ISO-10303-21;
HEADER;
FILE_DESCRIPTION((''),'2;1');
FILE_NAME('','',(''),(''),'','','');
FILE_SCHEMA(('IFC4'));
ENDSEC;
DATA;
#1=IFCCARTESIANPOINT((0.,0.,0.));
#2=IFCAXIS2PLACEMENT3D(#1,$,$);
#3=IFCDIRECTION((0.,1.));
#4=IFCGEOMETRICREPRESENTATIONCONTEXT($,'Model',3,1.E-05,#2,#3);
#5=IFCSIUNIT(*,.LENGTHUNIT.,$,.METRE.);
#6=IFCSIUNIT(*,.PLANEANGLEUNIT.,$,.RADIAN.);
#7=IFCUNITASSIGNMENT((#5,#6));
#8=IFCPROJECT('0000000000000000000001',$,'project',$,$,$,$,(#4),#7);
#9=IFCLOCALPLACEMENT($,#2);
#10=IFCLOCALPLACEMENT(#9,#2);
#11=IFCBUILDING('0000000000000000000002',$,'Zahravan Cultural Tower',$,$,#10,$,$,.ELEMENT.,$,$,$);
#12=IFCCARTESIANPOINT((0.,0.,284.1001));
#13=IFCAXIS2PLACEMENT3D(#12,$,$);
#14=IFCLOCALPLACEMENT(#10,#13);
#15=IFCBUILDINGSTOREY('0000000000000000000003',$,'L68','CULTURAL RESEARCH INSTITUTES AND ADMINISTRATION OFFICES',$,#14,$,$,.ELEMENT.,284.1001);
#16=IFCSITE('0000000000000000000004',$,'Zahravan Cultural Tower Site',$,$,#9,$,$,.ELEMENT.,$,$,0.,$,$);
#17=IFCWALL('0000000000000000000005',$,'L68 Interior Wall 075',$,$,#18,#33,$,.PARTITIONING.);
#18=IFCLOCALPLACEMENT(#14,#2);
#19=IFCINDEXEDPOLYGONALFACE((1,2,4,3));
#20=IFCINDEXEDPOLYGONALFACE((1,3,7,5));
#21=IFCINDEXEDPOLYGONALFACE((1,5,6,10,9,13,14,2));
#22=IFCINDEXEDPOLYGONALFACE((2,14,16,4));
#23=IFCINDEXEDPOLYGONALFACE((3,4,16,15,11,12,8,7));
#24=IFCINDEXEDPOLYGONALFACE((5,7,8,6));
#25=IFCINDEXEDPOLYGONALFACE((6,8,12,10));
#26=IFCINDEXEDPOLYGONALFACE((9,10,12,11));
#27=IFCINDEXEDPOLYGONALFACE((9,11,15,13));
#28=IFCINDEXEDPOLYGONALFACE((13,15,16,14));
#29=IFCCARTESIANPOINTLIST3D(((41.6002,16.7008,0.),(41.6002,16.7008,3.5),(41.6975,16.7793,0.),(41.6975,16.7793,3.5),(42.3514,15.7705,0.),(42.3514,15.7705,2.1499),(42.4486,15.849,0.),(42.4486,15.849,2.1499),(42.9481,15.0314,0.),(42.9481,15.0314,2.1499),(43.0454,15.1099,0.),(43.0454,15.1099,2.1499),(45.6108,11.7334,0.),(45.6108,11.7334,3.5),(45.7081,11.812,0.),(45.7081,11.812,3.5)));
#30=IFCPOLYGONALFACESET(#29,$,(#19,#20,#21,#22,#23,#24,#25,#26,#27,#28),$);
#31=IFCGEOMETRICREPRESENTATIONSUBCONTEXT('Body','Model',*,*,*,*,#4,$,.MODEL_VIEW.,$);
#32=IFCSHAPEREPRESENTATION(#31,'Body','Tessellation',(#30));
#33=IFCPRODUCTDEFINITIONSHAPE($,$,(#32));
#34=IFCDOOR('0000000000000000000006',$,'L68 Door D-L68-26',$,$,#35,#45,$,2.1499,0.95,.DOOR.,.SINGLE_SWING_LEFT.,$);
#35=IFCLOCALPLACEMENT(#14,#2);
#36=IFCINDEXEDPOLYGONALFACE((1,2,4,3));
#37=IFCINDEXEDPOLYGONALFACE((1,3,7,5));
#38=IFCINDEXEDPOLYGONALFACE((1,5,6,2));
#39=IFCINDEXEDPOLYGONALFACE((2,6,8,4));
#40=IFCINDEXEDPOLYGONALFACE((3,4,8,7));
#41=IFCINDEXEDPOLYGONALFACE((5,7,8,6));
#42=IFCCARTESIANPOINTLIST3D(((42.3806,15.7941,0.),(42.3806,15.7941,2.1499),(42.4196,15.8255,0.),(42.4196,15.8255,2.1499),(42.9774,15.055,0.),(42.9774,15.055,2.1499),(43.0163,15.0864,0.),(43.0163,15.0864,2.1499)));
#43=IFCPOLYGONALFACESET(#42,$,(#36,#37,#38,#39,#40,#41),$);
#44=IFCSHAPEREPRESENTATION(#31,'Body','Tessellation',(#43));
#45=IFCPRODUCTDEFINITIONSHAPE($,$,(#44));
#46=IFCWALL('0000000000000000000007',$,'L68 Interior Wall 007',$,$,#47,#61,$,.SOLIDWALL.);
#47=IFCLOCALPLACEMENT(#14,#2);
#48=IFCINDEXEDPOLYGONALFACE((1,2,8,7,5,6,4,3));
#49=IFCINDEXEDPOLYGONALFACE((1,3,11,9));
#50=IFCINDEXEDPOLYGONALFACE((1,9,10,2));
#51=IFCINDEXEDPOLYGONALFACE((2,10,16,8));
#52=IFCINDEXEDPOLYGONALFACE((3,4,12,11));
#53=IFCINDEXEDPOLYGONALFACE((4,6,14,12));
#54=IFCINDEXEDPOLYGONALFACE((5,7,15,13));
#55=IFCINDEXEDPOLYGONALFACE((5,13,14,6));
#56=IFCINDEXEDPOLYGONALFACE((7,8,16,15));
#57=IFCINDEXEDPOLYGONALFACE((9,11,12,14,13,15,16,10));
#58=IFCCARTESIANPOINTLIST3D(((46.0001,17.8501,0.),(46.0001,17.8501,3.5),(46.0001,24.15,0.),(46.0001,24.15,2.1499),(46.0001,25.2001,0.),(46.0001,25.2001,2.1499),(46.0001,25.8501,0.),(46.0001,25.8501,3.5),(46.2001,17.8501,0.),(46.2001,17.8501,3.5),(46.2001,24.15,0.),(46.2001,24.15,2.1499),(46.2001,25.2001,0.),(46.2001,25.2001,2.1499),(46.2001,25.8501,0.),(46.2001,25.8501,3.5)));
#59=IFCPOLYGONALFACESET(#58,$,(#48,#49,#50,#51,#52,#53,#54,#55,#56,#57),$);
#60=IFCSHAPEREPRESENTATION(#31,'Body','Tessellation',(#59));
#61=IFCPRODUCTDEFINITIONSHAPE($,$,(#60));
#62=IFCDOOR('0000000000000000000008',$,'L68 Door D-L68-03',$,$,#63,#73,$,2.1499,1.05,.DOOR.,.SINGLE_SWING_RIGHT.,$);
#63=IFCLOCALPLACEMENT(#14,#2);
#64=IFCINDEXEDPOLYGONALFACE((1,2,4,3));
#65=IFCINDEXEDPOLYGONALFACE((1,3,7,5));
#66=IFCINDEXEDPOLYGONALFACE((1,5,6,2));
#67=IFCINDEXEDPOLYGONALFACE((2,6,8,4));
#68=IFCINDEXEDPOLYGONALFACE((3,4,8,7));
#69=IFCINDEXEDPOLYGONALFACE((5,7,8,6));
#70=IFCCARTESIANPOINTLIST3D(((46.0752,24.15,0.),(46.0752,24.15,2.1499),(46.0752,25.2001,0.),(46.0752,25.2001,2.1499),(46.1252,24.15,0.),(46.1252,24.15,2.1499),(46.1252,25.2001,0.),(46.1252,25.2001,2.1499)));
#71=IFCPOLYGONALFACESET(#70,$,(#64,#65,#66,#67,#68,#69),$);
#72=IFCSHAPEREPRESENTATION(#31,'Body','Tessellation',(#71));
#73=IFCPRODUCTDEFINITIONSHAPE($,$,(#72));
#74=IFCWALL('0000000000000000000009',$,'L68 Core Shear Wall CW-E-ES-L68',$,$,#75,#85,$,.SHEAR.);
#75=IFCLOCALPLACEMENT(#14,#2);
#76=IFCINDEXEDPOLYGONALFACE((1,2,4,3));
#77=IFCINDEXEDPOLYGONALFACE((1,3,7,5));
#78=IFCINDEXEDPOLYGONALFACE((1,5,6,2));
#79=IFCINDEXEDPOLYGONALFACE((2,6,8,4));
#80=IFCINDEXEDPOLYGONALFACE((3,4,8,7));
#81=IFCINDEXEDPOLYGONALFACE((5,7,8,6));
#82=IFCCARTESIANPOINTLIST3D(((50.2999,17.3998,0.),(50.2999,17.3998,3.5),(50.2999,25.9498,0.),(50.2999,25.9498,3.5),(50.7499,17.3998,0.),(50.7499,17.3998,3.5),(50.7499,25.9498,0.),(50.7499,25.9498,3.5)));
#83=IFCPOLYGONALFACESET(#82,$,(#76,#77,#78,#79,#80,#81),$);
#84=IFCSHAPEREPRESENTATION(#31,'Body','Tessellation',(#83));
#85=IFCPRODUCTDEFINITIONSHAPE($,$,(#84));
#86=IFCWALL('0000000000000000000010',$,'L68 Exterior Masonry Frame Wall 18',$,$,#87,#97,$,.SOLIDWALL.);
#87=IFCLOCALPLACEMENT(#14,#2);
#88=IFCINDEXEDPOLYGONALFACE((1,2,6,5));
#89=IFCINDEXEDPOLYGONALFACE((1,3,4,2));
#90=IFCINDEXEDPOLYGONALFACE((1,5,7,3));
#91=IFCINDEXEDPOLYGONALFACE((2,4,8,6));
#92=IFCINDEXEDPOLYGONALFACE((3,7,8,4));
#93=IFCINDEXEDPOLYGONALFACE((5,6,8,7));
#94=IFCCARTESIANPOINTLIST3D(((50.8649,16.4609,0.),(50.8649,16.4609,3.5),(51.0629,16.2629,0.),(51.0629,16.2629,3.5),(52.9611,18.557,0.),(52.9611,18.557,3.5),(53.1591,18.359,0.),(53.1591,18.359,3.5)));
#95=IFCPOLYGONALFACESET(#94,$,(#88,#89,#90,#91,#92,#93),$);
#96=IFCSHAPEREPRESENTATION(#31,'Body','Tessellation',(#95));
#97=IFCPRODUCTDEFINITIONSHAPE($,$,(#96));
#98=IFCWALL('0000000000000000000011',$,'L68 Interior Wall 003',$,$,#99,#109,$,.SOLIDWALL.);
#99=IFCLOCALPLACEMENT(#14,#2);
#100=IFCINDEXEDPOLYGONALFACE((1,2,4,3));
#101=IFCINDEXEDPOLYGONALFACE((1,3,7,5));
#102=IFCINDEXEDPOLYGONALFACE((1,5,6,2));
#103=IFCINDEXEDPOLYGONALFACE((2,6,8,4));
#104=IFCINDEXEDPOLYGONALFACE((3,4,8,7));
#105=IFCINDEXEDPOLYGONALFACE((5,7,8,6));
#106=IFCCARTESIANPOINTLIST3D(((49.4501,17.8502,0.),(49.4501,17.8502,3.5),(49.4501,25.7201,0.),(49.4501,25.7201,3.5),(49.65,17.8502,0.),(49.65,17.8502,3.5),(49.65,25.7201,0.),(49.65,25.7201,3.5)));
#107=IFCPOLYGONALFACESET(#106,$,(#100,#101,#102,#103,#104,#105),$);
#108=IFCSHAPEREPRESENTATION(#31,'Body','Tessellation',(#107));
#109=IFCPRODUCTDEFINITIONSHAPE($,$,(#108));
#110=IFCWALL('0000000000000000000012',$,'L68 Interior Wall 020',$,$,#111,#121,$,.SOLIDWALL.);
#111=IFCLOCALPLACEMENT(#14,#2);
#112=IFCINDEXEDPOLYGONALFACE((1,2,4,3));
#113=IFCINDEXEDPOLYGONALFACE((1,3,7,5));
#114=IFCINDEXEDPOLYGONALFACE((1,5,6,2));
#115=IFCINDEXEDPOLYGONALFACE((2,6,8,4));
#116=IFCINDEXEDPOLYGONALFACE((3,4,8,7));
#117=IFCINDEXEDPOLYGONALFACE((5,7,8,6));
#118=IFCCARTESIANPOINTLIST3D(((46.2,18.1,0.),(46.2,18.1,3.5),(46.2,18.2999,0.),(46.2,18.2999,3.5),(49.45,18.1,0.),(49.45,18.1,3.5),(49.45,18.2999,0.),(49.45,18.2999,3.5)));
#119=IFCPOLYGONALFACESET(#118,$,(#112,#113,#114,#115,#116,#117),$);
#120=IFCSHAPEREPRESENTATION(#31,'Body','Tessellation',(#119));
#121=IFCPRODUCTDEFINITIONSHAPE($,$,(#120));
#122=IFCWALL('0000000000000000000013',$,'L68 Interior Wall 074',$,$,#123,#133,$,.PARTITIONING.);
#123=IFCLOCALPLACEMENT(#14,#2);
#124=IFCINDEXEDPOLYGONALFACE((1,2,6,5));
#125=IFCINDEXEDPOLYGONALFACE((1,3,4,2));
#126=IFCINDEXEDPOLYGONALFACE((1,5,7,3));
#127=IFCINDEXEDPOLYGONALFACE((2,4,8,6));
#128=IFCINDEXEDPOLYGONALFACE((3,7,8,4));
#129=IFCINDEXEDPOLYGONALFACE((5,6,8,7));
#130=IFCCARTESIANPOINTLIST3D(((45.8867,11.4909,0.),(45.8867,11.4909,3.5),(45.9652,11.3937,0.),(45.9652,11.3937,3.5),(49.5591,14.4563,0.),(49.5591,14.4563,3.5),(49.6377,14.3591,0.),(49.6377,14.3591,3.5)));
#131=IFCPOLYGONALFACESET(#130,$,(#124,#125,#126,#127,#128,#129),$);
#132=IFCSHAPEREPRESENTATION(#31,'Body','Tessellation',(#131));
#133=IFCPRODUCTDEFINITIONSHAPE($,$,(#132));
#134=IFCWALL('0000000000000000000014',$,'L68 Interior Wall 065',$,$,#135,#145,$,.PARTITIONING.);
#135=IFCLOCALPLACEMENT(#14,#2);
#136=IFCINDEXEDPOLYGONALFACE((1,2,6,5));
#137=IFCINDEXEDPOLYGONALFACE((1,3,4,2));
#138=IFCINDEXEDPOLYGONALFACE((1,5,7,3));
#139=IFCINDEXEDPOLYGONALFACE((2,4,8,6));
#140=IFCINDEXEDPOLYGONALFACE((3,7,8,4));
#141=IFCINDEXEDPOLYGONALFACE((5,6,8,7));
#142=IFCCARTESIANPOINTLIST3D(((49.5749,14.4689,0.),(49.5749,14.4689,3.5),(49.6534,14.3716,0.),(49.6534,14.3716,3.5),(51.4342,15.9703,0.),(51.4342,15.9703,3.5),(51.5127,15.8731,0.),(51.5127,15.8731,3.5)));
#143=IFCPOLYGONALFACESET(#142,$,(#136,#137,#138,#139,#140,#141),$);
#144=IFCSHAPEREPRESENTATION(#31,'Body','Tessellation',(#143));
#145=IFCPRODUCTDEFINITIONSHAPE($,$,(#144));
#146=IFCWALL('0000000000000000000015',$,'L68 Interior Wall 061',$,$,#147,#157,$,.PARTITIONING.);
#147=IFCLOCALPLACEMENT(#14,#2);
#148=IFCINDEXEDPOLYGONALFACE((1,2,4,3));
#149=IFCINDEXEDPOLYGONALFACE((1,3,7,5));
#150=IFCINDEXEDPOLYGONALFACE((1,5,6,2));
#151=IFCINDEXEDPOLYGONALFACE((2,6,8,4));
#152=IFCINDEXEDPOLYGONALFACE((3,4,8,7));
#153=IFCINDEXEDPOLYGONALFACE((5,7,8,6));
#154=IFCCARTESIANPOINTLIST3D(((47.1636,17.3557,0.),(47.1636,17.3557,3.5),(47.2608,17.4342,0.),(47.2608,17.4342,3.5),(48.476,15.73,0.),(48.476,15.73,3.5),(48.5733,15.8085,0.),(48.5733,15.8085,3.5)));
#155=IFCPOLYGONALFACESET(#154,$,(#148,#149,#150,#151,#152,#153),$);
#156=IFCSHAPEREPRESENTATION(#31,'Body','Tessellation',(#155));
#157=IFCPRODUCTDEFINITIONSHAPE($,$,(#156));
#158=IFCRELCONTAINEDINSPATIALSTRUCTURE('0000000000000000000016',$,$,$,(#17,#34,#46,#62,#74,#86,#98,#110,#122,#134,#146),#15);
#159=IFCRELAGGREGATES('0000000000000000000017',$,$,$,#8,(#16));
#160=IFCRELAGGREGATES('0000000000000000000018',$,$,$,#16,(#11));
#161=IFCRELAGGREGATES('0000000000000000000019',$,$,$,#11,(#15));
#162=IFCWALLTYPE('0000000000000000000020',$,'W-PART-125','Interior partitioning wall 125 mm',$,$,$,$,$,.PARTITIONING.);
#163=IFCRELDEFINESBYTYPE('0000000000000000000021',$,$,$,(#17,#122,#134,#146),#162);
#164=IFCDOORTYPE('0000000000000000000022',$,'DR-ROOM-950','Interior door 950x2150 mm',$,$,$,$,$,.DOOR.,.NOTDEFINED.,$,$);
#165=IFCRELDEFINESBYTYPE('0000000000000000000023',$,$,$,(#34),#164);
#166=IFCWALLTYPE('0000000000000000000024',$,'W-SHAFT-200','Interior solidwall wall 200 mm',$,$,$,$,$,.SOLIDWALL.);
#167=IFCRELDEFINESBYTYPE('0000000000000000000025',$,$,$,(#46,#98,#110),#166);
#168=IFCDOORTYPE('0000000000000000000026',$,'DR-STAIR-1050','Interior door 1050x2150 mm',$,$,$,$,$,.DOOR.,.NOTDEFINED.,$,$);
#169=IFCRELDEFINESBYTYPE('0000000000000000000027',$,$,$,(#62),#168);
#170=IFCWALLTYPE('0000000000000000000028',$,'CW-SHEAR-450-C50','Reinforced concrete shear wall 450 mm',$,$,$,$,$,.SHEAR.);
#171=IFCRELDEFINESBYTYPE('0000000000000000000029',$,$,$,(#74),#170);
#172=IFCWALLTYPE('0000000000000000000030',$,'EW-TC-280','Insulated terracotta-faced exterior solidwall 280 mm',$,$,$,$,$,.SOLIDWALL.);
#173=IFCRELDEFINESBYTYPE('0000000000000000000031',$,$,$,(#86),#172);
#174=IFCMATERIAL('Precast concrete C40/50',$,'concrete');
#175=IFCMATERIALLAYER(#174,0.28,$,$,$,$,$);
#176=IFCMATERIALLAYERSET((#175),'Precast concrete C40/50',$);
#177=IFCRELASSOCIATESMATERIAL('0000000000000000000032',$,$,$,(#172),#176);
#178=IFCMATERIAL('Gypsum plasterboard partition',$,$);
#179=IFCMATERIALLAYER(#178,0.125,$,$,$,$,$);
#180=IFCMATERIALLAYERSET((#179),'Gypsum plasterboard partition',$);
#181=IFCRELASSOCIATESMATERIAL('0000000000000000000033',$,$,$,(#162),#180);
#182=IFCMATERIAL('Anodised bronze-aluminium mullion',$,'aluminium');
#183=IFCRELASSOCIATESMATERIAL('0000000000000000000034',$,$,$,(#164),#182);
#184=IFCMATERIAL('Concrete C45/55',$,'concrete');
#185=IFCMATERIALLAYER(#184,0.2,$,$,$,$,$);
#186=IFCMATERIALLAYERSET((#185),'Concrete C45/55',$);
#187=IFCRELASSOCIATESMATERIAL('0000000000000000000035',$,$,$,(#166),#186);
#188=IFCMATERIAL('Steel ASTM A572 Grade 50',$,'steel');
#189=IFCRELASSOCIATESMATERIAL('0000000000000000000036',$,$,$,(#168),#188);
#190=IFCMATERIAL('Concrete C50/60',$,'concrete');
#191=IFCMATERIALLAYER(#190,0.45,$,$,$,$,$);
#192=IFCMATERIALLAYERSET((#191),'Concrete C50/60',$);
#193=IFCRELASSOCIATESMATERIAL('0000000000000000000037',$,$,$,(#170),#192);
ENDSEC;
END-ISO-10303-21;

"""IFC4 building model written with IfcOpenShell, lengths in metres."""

from ifc_helpers import new_model, si_unit, direction, frame, frame_2d, origin, place, context, subcontext, project, spatial, rectangle, extrude, source, transform, mapped, material, layer, layer_set, type_object, element, fill, save


model = new_model("IFC4")

# Units and contexts
model_context = context("Model", 3, precision=1e-05, world=origin(), true_north=direction((0.0, 1.0)))
body_context = subcontext(model_context, "Body", "Model", "MODEL_VIEW")
ifc_project = project(units=[si_unit("LENGTHUNIT", "METRE"), si_unit("PLANEANGLEUNIT", "RADIAN")], contexts=[model_context])

# Site, building, storey
site_placement = place(None, origin())
site = spatial("IfcSite", under=ifc_project, at=site_placement, Name="Zahravan Cultural Tower Site", CompositionType="ELEMENT", RefElevation=0.0)
building_placement = place(site_placement, origin())
building = spatial("IfcBuilding", under=site, at=building_placement, Name="Zahravan Cultural Tower", CompositionType="ELEMENT")
storey_placement = place(building_placement, frame((0.0, 0.0, 284.1001)))
storey = spatial("IfcBuildingStorey", under=building, at=storey_placement, Name="L68", Description="CULTURAL RESEARCH INSTITUTES AND ADMINISTRATION OFFICES", CompositionType="ELEMENT", Elevation=284.1001)

# Shared definitions
ifc_material_1 = material(Name="Concrete C50/60", Category="concrete")

# Shared definitions
ifc_material_2 = material(Name="Precast concrete C40/50", Category="concrete")
ifc_layer_1 = layer(ifc_material_2, 0.28)
ifc_layer_set_1 = layer_set([ifc_layer_1], Name="Precast concrete C40/50")
wall_type_1 = type_object("IfcWallType", Name="EW-TC-280", Description="Insulated terracotta-faced exterior solidwall 280 mm", PredefinedType="SOLIDWALL", material=ifc_layer_set_1)

# Walls, openings, doors
ifc_material_3 = material(Name="Gypsum plasterboard partition")
ifc_layer_2 = layer(ifc_material_3, 0.125)
ifc_layer_set_2 = layer_set([ifc_layer_2], Name="Gypsum plasterboard partition")
wall_type_2 = type_object("IfcWallType", Name="W-PART-125", Description="Interior partitioning wall 125 mm", PredefinedType="PARTITIONING", material=ifc_layer_set_2)
wall_1_placement = place(storey_placement, frame((45.6594, 11.7727, 0.0), z_axis=(0.0, 0.0, 1.0), x_axis=(-0.628191, 0.778059, 0.0)))
wall_1 = element("IfcWall", 1, at=wall_1_placement, inside=storey, type_object=wall_type_2, Name="L68 Interior Wall 075", PredefinedType="PARTITIONING", context=body_context, shape_type="SweptSolid", body=[
    extrude(rectangle(XDim=6.3843, YDim=0.125, at=frame_2d((3.1921, 0.0))), origin(), (0.0, 0.0, 1.0), 3.5),
])
opening_1_placement = place(wall_1_placement, frame((4.2385, 0.0, 0.0)))
opening_1 = element("IfcOpeningElement", 2, at=opening_1_placement, cuts=wall_1, PredefinedType="OPENING", context=body_context, shape_type="SweptSolid", body=[
    extrude(rectangle(XDim=0.95, YDim=2.1499, at=frame_2d((0.4751, 1.075))), frame((0.0, 0.0725, 0.0), z_axis=(0.0, -1.0, 0.0), x_axis=(1.0, 0.0, 0.0)), (0.0, 0.0, 1.0), 0.145),
])
ifc_material_4 = material(Name="Anodised bronze-aluminium mullion", Category="aluminium")
door_type_1 = type_object("IfcDoorType", Name="DR-ROOM-950", Description="Interior door 950x2150 mm", OperationType="NOTDEFINED", PredefinedType="DOOR", material=ifc_material_4)
shared_shape_1 = source(origin(), body_context, "Body", "SweptSolid", [
    extrude(rectangle(XDim=0.95, YDim=2.1499, at=frame_2d((0.4751, 1.075))), frame((0.0, 0.0249, 0.0), z_axis=(0.0, -1.0, 0.0), x_axis=(1.0, 0.0, 0.0)), (0.0, 0.0, 1.0), 0.05),
])
door_1_placement = place(opening_1_placement, origin())
door_1 = element("IfcDoor", 3, at=door_1_placement, inside=storey, type_object=door_type_1, Name="L68 Door D-L68-26", OperationType="SINGLE_SWING_LEFT", OverallHeight=2.1499, OverallWidth=0.95, PredefinedType="DOOR", context=body_context, shape_type="MappedRepresentation", body=[
    mapped(shared_shape_1, transform((0.0, 0.0, 0.0), x_axis=(1.0, 0.0, 0.0), y_axis=(0.0, 1.0, 0.0), z_axis=(0.0, 0.0, 1.0), scale=1.0)),
])
fill(opening_1, door_1)
ifc_material_5 = material(Name="Concrete C45/55", Category="concrete")
ifc_layer_3 = layer(ifc_material_5, 0.2)
ifc_layer_set_3 = layer_set([ifc_layer_3], Name="Concrete C45/55")
wall_type_3 = type_object("IfcWallType", Name="W-SHAFT-200", Description="Interior solidwall wall 200 mm", PredefinedType="SOLIDWALL", material=ifc_layer_set_3)
wall_2_placement = place(storey_placement, frame((46.1001, 17.8501, 0.0), z_axis=(0.0, 0.0, 1.0), x_axis=(0.0, 1.0, 0.0)))
wall_2 = element("IfcWall", 4, at=wall_2_placement, inside=storey, type_object=wall_type_3, Name="L68 Interior Wall 007", PredefinedType="SOLIDWALL", context=body_context, shape_type="SweptSolid", body=[
    extrude(rectangle(XDim=8.0, YDim=0.2, at=frame_2d((4.0, 0.0))), origin(), (0.0, 0.0, 1.0), 3.5),
])
opening_2_placement = place(wall_2_placement, frame((6.3, 0.0, 0.0)))
opening_2 = element("IfcOpeningElement", 5, at=opening_2_placement, cuts=wall_2, PredefinedType="OPENING", context=body_context, shape_type="SweptSolid", body=[
    extrude(rectangle(XDim=1.05, YDim=2.1499, at=frame_2d((0.5249, 1.075))), frame((0.0, 0.1099, 0.0), z_axis=(0.0, -1.0, 0.0), x_axis=(1.0, 0.0, 0.0)), (0.0, 0.0, 1.0), 0.22),
])
ifc_material_6 = material(Name="Steel ASTM A572 Grade 50", Category="steel")
door_type_2 = type_object("IfcDoorType", Name="DR-STAIR-1050", Description="Interior door 1050x2150 mm", OperationType="NOTDEFINED", PredefinedType="DOOR", material=ifc_material_6)
shared_shape_2 = source(origin(), body_context, "Body", "SweptSolid", [
    extrude(rectangle(XDim=1.05, YDim=2.1499, at=frame_2d((0.5249, 1.075))), frame((0.0, 0.0249, 0.0), z_axis=(0.0, -1.0, 0.0), x_axis=(1.0, 0.0, 0.0)), (0.0, 0.0, 1.0), 0.05),
])
door_2_placement = place(opening_2_placement, origin())
door_2 = element("IfcDoor", 6, at=door_2_placement, inside=storey, type_object=door_type_2, Name="L68 Door D-L68-03", OperationType="SINGLE_SWING_RIGHT", OverallHeight=2.1499, OverallWidth=1.05, PredefinedType="DOOR", context=body_context, shape_type="MappedRepresentation", body=[
    mapped(shared_shape_2, transform((0.0, 0.0, 0.0), x_axis=(1.0, 0.0, 0.0), y_axis=(0.0, 1.0, 0.0), z_axis=(0.0, 0.0, 1.0), scale=1.0)),
])
fill(opening_2, door_2)

# Walls
ifc_layer_4 = layer(ifc_material_1, 0.45)
ifc_layer_set_4 = layer_set([ifc_layer_4], Name="Concrete C50/60")
wall_type_4 = type_object("IfcWallType", Name="CW-SHEAR-450-C50", Description="Reinforced concrete shear wall 450 mm", PredefinedType="SHEAR", material=ifc_layer_set_4)
shared_shape_3 = source(origin(), body_context, "Body", "SweptSolid", [
    extrude(rectangle(XDim=8.55, YDim=0.45, at=frame_2d((4.2749, 0.0))), origin(), (0.0, 0.0, 1.0), 3.5),
])
wall_3_placement = place(storey_placement, frame((50.5249, 17.3999, 0.0), z_axis=(0.0, 0.0, 1.0), x_axis=(0.0, 1.0, 0.0)))
element("IfcWall", 7, at=wall_3_placement, inside=storey, type_object=wall_type_4, Name="L68 Core Shear Wall CW-E-ES-L68", PredefinedType="SHEAR", context=body_context, shape_type="MappedRepresentation", body=[
    mapped(shared_shape_3, transform((0.0, 0.0, 0.0), x_axis=(1.0, 0.0, 0.0), y_axis=(0.0, 1.0, 0.0), z_axis=(0.0, 0.0, 1.0), scale=1.0)),
])
shared_shape_4 = source(origin(), body_context, "Body", "SweptSolid", [
    extrude(rectangle(XDim=2.9644, YDim=0.28, at=frame_2d((1.4822, 0.0))), origin(), (0.0, 0.0, 1.0), 3.5),
])
wall_4_placement = place(storey_placement, frame((53.0601, 18.458, 0.0), z_axis=(0.0, 0.0, 1.0), x_axis=(-0.707107, -0.707107, 0.0)))
element("IfcWall", 8, at=wall_4_placement, inside=storey, type_object=wall_type_1, Name="L68 Exterior Masonry Frame Wall 18", PredefinedType="SOLIDWALL", context=body_context, shape_type="MappedRepresentation", body=[
    mapped(shared_shape_4, transform((0.0, 0.0, 0.0), x_axis=(1.0, 0.0, 0.0), y_axis=(0.0, 1.0, 0.0), z_axis=(0.0, 0.0, 1.0), scale=1.0)),
])
shared_shape_5 = source(origin(), body_context, "Body", "SweptSolid", [
    extrude(rectangle(XDim=7.8699, YDim=0.2, at=frame_2d((3.9351, 0.0))), origin(), (0.0, 0.0, 1.0), 3.5),
])
wall_5_placement = place(storey_placement, frame((49.55, 17.8501, 0.0), z_axis=(0.0, 0.0, 1.0), x_axis=(0.0, 1.0, 0.0)))
element("IfcWall", 9, at=wall_5_placement, inside=storey, type_object=wall_type_3, Name="L68 Interior Wall 003", PredefinedType="SOLIDWALL", context=body_context, shape_type="MappedRepresentation", body=[
    mapped(shared_shape_5, transform((0.0, 0.0, 0.0), x_axis=(1.0, 0.0, 0.0), y_axis=(0.0, 1.0, 0.0), z_axis=(0.0, 0.0, 1.0), scale=1.0)),
])
shared_shape_6 = source(origin(), body_context, "Body", "SweptSolid", [
    extrude(rectangle(XDim=3.25, YDim=0.2, at=frame_2d((1.625, 0.0))), origin(), (0.0, 0.0, 1.0), 3.5),
])
wall_6_placement = place(storey_placement, frame((46.2, 18.2, 0.0), z_axis=(0.0, 0.0, 1.0), x_axis=(1.0, 0.0, 0.0)))
element("IfcWall", 10, at=wall_6_placement, inside=storey, type_object=wall_type_3, Name="L68 Interior Wall 020", PredefinedType="SOLIDWALL", context=body_context, shape_type="MappedRepresentation", body=[
    mapped(shared_shape_6, transform((0.0, 0.0, 0.0), x_axis=(1.0, 0.0, 0.0), y_axis=(0.0, 1.0, 0.0), z_axis=(0.0, 0.0, 1.0), scale=1.0)),
])
shared_shape_7 = source(origin(), body_context, "Body", "SweptSolid", [
    extrude(rectangle(XDim=4.7202, YDim=0.125, at=frame_2d((2.3601, 0.0))), origin(), (0.0, 0.0, 1.0), 3.5),
])
wall_7_placement = place(storey_placement, frame((49.5984, 14.4077, 0.0), z_axis=(0.0, 0.0, 1.0), x_axis=(-0.778025, -0.628234, 0.0)))
element("IfcWall", 11, at=wall_7_placement, inside=storey, type_object=wall_type_2, Name="L68 Interior Wall 074", PredefinedType="PARTITIONING", context=body_context, shape_type="MappedRepresentation", body=[
    mapped(shared_shape_7, transform((0.0, 0.0, 0.0), x_axis=(1.0, 0.0, 0.0), y_axis=(0.0, 1.0, 0.0), z_axis=(0.0, 0.0, 1.0), scale=1.0)),
])
shared_shape_8 = source(origin(), body_context, "Body", "SweptSolid", [
    extrude(rectangle(XDim=2.3899, YDim=0.125, at=frame_2d((1.1948, 0.0))), origin(), (0.0, 0.0, 1.0), 3.5),
])
wall_8_placement = place(storey_placement, frame((51.4734, 15.9216, 0.0), z_axis=(0.0, 0.0, 1.0), x_axis=(-0.77801, -0.628252, 0.0)))
element("IfcWall", 12, at=wall_8_placement, inside=storey, type_object=wall_type_2, Name="L68 Interior Wall 065", PredefinedType="PARTITIONING", context=body_context, shape_type="MappedRepresentation", body=[
    mapped(shared_shape_8, transform((0.0, 0.0, 0.0), x_axis=(1.0, 0.0, 0.0), y_axis=(0.0, 1.0, 0.0), z_axis=(0.0, 0.0, 1.0), scale=1.0)),
])
shared_shape_9 = source(origin(), body_context, "Body", "SweptSolid", [
    extrude(rectangle(XDim=2.0894, YDim=0.125, at=frame_2d((1.0447, 0.0))), origin(), (0.0, 0.0, 1.0), 3.5),
])
wall_9_placement = place(storey_placement, frame((48.5247, 15.7693, 0.0), z_axis=(0.0, 0.0, 1.0), x_axis=(-0.628166, 0.77808, 0.0)))
element("IfcWall", 13, at=wall_9_placement, inside=storey, type_object=wall_type_2, Name="L68 Interior Wall 061", PredefinedType="PARTITIONING", context=body_context, shape_type="MappedRepresentation", body=[
    mapped(shared_shape_9, transform((0.0, 0.0, 0.0), x_axis=(1.0, 0.0, 0.0), y_axis=(0.0, 1.0, 0.0), z_axis=(0.0, 0.0, 1.0), scale=1.0)),
])

save(model, "model.ifc")
